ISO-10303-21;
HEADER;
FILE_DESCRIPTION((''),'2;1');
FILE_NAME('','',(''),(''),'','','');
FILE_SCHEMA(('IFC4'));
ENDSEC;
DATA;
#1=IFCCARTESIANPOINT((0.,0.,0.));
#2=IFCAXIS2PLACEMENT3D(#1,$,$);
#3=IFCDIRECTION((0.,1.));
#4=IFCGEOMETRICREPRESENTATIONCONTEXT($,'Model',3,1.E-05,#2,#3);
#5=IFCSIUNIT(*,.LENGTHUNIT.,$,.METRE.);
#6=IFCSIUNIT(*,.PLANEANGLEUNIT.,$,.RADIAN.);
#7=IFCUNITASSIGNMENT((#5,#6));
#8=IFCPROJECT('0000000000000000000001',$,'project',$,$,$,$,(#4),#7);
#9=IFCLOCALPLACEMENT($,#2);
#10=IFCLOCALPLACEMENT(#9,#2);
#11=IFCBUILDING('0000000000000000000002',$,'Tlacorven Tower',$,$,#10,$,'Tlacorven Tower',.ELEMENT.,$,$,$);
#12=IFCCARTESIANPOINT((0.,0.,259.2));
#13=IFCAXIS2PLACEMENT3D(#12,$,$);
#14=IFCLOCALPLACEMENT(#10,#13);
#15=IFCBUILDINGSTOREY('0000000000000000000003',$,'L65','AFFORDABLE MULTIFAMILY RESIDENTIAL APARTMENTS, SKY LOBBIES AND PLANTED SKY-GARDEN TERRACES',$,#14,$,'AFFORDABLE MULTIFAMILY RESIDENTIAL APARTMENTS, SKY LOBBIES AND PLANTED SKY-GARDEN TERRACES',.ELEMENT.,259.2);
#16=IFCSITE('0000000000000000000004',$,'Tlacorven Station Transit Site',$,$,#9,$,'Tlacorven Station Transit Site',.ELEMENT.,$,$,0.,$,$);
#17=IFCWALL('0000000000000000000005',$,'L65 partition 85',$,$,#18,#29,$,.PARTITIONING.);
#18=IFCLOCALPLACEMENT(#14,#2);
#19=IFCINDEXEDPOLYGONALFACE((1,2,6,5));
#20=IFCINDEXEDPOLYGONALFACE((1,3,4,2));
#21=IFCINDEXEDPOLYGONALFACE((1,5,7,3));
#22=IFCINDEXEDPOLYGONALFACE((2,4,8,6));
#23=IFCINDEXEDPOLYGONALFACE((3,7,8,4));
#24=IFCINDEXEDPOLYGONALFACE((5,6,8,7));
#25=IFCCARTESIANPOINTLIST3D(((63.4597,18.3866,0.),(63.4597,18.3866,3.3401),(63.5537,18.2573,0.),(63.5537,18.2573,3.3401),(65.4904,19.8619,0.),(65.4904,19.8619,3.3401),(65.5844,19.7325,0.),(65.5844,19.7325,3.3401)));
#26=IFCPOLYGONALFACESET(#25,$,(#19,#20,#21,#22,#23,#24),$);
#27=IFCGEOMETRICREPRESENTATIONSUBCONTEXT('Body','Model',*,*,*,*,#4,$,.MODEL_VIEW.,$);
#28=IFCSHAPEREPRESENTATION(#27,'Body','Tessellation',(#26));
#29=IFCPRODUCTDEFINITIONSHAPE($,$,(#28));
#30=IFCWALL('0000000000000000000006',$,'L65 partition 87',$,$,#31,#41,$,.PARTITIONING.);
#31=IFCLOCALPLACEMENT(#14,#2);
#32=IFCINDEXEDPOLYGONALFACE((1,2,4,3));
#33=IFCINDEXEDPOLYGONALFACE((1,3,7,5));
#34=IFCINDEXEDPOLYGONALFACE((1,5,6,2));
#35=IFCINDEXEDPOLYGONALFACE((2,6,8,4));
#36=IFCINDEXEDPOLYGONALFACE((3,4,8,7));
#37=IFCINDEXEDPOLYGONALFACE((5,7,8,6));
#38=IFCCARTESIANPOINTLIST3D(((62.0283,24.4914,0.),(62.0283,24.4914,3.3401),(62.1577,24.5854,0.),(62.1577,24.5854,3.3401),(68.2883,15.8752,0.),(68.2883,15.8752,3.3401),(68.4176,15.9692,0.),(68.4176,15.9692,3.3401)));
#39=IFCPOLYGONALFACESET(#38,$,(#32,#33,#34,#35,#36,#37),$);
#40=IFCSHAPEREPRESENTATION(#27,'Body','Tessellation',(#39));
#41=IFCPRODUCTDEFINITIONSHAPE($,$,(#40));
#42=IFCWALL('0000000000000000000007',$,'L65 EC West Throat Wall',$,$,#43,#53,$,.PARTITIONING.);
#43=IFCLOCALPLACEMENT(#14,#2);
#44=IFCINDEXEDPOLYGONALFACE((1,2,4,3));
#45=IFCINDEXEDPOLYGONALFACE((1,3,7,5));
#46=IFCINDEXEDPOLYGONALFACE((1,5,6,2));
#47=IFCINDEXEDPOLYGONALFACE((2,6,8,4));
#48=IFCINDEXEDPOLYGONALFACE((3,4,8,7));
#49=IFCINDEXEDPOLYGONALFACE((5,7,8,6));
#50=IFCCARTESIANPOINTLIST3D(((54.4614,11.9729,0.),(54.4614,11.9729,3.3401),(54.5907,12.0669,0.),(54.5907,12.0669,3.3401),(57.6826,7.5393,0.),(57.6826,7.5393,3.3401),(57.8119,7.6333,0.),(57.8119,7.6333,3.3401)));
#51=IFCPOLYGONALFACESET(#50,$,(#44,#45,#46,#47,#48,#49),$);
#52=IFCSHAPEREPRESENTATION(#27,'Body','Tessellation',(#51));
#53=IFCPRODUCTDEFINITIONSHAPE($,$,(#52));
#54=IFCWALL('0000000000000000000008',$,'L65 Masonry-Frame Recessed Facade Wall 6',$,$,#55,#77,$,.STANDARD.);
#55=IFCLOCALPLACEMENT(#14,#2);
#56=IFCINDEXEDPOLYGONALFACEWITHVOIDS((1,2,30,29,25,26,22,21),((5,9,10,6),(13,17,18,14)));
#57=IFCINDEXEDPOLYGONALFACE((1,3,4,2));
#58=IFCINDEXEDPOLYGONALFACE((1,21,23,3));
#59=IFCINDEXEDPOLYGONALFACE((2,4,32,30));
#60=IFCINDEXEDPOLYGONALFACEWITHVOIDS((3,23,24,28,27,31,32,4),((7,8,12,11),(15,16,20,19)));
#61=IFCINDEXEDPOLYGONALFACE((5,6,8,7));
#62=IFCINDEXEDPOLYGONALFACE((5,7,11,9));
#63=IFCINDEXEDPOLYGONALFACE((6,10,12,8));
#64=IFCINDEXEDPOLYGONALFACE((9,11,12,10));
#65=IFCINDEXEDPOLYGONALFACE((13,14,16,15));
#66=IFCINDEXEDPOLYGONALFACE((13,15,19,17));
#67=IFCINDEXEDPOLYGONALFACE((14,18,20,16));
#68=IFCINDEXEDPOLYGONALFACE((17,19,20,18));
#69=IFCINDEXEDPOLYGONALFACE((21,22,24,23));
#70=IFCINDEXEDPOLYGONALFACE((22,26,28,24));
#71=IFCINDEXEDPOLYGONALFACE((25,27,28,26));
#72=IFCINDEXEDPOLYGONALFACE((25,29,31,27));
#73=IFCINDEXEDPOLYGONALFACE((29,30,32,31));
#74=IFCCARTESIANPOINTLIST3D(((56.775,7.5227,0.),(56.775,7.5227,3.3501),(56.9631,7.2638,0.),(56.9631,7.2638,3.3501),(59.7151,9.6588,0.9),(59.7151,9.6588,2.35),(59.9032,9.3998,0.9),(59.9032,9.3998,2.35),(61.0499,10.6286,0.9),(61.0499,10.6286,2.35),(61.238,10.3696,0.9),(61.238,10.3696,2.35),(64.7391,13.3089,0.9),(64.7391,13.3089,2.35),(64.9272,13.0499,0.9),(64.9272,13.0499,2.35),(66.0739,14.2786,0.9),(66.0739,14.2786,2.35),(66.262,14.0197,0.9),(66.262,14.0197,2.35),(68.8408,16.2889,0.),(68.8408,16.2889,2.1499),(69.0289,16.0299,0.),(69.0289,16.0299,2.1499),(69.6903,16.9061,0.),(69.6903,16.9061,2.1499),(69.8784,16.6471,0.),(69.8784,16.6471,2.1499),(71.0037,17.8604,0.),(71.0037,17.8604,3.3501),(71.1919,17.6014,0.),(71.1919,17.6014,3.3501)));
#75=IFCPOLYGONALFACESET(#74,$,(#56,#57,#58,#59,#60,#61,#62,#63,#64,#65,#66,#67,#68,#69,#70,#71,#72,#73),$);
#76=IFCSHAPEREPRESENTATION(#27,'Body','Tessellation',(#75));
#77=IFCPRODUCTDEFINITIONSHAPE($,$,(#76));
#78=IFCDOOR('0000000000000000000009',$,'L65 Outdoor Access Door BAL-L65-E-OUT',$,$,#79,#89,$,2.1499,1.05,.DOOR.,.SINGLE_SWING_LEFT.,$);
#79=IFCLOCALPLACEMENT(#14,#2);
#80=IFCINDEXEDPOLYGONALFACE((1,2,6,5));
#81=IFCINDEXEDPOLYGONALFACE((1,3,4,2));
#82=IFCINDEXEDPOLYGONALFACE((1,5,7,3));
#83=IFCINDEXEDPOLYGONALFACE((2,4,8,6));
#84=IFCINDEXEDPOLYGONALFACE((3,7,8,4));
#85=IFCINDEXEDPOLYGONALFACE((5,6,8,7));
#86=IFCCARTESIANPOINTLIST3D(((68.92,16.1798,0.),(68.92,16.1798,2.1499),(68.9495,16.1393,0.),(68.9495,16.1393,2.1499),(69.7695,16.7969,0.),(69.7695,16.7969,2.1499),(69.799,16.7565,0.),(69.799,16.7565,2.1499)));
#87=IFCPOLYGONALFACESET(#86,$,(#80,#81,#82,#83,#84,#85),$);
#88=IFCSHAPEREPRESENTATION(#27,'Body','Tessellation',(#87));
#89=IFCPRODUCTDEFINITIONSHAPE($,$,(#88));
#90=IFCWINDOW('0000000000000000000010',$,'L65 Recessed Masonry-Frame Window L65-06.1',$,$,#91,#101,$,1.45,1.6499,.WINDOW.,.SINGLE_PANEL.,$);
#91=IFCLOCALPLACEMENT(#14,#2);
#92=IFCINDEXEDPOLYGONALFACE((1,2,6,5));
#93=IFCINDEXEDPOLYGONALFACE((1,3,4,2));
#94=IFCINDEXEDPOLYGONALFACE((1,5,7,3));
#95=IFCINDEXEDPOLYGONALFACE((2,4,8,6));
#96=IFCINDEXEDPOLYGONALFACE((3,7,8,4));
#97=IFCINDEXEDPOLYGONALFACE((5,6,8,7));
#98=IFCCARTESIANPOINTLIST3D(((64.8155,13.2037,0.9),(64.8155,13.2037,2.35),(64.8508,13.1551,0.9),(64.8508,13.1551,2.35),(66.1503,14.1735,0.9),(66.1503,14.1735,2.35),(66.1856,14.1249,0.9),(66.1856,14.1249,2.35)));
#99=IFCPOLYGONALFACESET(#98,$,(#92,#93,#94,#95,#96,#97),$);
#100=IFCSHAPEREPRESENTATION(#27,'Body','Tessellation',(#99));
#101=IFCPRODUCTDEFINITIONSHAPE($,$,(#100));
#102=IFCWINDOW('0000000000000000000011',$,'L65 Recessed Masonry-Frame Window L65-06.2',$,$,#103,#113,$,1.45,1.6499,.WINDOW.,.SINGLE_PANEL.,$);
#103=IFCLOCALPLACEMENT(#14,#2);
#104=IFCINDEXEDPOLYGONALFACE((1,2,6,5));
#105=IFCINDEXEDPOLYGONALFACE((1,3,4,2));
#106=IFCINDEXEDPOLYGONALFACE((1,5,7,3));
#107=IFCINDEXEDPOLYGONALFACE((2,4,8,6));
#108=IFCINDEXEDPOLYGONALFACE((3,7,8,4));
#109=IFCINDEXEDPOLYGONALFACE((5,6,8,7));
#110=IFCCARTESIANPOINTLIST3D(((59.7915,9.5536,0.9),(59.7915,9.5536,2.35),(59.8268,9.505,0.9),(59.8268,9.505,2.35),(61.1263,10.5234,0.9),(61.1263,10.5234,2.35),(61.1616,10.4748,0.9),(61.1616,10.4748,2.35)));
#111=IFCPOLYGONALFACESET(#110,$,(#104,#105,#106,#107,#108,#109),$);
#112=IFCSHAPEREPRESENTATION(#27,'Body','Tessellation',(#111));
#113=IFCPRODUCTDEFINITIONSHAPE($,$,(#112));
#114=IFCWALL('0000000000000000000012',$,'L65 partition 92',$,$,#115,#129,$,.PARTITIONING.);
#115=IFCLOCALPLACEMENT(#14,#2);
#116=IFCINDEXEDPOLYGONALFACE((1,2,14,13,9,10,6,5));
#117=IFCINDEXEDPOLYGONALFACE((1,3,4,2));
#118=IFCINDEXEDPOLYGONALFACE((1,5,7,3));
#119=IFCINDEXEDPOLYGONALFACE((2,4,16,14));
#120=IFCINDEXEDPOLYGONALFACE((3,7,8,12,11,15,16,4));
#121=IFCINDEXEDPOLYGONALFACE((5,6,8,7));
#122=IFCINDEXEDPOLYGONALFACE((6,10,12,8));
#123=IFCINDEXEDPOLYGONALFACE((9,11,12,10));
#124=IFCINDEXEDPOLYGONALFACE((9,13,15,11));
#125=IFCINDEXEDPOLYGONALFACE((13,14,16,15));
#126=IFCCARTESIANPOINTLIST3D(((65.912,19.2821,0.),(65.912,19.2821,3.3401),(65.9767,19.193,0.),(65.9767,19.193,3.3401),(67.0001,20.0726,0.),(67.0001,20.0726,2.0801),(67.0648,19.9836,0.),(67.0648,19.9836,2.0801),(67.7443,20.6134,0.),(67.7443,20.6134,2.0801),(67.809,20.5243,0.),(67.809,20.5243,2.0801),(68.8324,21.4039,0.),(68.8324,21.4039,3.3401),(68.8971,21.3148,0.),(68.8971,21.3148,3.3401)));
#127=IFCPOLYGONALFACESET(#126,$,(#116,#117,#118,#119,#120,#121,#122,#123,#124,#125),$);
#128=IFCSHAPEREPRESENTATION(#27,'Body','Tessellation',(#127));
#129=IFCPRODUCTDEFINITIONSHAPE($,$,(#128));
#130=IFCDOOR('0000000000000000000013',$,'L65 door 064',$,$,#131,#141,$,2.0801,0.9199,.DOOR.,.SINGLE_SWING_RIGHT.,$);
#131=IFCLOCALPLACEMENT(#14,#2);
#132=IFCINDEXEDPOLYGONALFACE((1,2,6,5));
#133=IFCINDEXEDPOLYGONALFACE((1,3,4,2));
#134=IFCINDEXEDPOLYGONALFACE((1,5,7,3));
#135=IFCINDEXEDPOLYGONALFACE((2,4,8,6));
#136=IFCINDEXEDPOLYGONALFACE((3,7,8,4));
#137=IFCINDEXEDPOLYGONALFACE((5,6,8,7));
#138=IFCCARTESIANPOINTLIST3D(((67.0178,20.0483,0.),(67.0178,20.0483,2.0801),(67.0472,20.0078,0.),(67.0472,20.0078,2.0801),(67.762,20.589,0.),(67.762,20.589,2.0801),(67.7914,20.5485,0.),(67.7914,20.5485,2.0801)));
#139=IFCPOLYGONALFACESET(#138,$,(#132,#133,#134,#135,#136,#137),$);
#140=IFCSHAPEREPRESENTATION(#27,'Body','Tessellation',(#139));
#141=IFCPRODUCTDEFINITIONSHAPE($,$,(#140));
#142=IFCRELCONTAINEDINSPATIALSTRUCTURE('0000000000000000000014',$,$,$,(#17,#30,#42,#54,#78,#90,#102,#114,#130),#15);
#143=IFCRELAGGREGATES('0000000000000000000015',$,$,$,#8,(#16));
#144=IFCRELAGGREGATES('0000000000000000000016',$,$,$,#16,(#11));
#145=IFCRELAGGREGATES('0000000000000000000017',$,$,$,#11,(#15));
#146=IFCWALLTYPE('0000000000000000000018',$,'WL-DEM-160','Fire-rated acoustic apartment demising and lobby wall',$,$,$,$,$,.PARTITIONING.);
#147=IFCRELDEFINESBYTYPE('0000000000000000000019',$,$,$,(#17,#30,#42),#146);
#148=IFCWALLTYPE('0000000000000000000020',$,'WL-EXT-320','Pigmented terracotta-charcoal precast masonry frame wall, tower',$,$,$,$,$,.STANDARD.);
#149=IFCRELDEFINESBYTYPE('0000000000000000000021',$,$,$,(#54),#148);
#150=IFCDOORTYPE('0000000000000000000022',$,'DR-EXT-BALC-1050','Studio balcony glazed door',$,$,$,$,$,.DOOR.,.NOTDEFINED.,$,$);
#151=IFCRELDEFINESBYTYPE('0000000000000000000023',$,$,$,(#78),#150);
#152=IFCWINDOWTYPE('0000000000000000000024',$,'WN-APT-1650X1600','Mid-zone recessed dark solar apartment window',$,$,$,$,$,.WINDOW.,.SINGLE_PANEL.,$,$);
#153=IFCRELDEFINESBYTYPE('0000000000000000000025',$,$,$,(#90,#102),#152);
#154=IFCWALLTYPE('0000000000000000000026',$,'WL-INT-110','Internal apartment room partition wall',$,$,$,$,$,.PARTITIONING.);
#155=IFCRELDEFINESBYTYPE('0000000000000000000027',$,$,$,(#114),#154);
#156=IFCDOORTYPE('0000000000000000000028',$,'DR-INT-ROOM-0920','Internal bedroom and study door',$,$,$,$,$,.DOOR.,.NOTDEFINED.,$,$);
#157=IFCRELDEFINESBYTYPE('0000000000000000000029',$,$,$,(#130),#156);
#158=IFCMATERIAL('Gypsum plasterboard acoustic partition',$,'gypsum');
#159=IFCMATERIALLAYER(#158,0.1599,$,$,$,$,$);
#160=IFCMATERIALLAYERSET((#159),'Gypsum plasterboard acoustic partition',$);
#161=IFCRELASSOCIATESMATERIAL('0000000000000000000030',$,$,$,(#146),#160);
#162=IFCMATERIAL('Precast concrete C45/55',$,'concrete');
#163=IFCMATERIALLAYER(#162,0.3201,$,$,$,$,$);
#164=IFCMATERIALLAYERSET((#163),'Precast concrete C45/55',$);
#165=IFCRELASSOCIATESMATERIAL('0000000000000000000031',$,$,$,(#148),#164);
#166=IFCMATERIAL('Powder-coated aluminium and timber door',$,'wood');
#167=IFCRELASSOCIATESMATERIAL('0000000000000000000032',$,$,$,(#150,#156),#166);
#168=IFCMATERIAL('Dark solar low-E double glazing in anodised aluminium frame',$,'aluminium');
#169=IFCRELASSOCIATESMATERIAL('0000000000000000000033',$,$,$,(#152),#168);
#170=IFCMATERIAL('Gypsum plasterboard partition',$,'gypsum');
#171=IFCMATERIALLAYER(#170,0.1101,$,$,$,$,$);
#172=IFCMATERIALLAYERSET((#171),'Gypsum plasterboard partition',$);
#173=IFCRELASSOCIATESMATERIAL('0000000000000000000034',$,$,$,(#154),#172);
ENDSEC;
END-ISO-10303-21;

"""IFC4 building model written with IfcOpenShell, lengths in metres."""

from ifc_helpers import new_model, si_unit, direction, frame, frame_2d, origin, place, context, subcontext, project, spatial, rectangle, extrude, source, transform, mapped, material, layer, layer_set, type_object, element, fill, save


model = new_model("IFC4")

# Units and contexts
model_context = context("Model", 3, precision=1e-05, world=origin(), true_north=direction((0.0, 1.0)))
body_context = subcontext(model_context, "Body", "Model", "MODEL_VIEW")
ifc_project = project(units=[si_unit("LENGTHUNIT", "METRE"), si_unit("PLANEANGLEUNIT", "RADIAN")], contexts=[model_context])

# Site, building, storey
site_placement = place(None, origin())
site = spatial("IfcSite", under=ifc_project, at=site_placement, Name="Tlacorven Station Transit Site", LongName="Tlacorven Station Transit Site", CompositionType="ELEMENT", RefElevation=0.0)
building_placement = place(site_placement, origin())
building = spatial("IfcBuilding", under=site, at=building_placement, Name="Tlacorven Tower", LongName="Tlacorven Tower", CompositionType="ELEMENT")
storey_placement = place(building_placement, frame((0.0, 0.0, 259.2)))
storey = spatial("IfcBuildingStorey", under=building, at=storey_placement, Name="L65", Description="AFFORDABLE MULTIFAMILY RESIDENTIAL APARTMENTS, SKY LOBBIES AND PLANTED SKY-GARDEN TERRACES", LongName="AFFORDABLE MULTIFAMILY RESIDENTIAL APARTMENTS, SKY LOBBIES AND PLANTED SKY-GARDEN TERRACES", CompositionType="ELEMENT", Elevation=259.2)

# Walls
ifc_material_1 = material(Name="Gypsum plasterboard acoustic partition", Category="gypsum")
ifc_layer_1 = layer(ifc_material_1, 0.1599)
ifc_layer_set_1 = layer_set([ifc_layer_1], Name="Gypsum plasterboard acoustic partition")
wall_type_1 = type_object("IfcWallType", Name="WL-DEM-160", Description="Fire-rated acoustic apartment demising and lobby wall", PredefinedType="PARTITIONING", material=ifc_layer_set_1)
wall_1_placement = place(storey_placement, frame((63.5068, 18.322, 0.0), z_axis=(0.0, 0.0, 1.0), x_axis=(0.809035, 0.587761, 0.0)))
element("IfcWall", 1, at=wall_1_placement, inside=storey, type_object=wall_type_1, Name="L65 partition 85", PredefinedType="PARTITIONING", context=body_context, shape_type="SweptSolid", body=[
    extrude(rectangle(XDim=2.51, YDim=0.1599, at=frame_2d((1.2549, 0.0))), origin(), (0.0, 0.0, 1.0), 3.3401),
])
wall_2_placement = place(storey_placement, frame((68.353, 15.9221, 0.0), z_axis=(0.0, 0.0, 1.0), x_axis=(-0.587783, 0.809019, 0.0)))
element("IfcWall", 2, at=wall_2_placement, inside=storey, type_object=wall_type_1, Name="L65 partition 87", PredefinedType="PARTITIONING", context=body_context, shape_type="SweptSolid", body=[
    extrude(rectangle(XDim=10.6501, YDim=0.1599, at=frame_2d((5.3252, 0.0))), origin(), (0.0, 0.0, 1.0), 3.3401),
])
wall_3_placement = place(storey_placement, frame((57.7473, 7.5862, 0.0), z_axis=(0.0, 0.0, 1.0), x_axis=(-0.587785, 0.809017, 0.0)))
element("IfcWall", 3, at=wall_3_placement, inside=storey, type_object=wall_type_1, Name="L65 EC West Throat Wall", PredefinedType="PARTITIONING", context=body_context, shape_type="SweptSolid", body=[
    extrude(rectangle(XDim=5.4802, YDim=0.1599, at=frame_2d((2.7402, 0.0))), origin(), (0.0, 0.0, 1.0), 3.3401),
])

# Wall, openings, door, windows
ifc_material_2 = material(Name="Precast concrete C45/55", Category="concrete")
ifc_layer_2 = layer(ifc_material_2, 0.3201)
ifc_layer_set_2 = layer_set([ifc_layer_2], Name="Precast concrete C45/55")
wall_type_2 = type_object("IfcWallType", Name="WL-EXT-320", Description="Pigmented terracotta-charcoal precast masonry frame wall, tower", PredefinedType="STANDARD", material=ifc_layer_set_2)
wall_4_placement = place(storey_placement, frame((71.0979, 17.731, 0.0), z_axis=(0.0, 0.0, 1.0), x_axis=(-0.809021, -0.58778, 0.0)))
wall_4 = element("IfcWall", 4, at=wall_4_placement, inside=storey, type_object=wall_type_2, Name="L65 Masonry-Frame Recessed Facade Wall 6", PredefinedType="STANDARD", context=body_context, shape_type="SweptSolid", body=[
    extrude(rectangle(XDim=17.5876, YDim=0.3201, at=frame_2d((8.7939, 0.0))), origin(), (0.0, 0.0, 1.0), 3.3501),
])
opening_1_placement = place(wall_4_placement, frame((1.6238, 0.0, 0.0)))
opening_1 = element("IfcOpeningElement", 5, at=opening_1_placement, cuts=wall_4, PredefinedType="OPENING", context=body_context, shape_type="SweptSolid", body=[
    extrude(rectangle(XDim=1.05, YDim=2.1499, at=frame_2d((0.5249, 1.075))), frame((0.0, 0.1699, 0.0), z_axis=(0.0, -1.0, 0.0), x_axis=(1.0, 0.0, 0.0)), (0.0, 0.0, 1.0), 0.3401),
])
opening_2_placement = place(wall_4_placement, frame((6.0938, 0.0, 0.8999)))
opening_2 = element("IfcOpeningElement", 6, at=opening_2_placement, cuts=wall_4, PredefinedType="OPENING", context=body_context, shape_type="SweptSolid", body=[
    extrude(rectangle(XDim=1.6499, YDim=1.45, at=frame_2d((0.825, 0.7251))), frame((0.0, 0.1699, 0.0), z_axis=(0.0, -1.0, 0.0), x_axis=(1.0, 0.0, 0.0)), (0.0, 0.0, 1.0), 0.3401),
])
opening_3_placement = place(wall_4_placement, frame((12.3037, 0.0, 0.8999)))
opening_3 = element("IfcOpeningElement", 7, at=opening_3_placement, cuts=wall_4, PredefinedType="OPENING", context=body_context, shape_type="SweptSolid", body=[
    extrude(rectangle(XDim=1.6499, YDim=1.45, at=frame_2d((0.825, 0.7251))), frame((0.0, 0.1699, 0.0), z_axis=(0.0, -1.0, 0.0), x_axis=(1.0, 0.0, 0.0)), (0.0, 0.0, 1.0), 0.3401),
])
ifc_material_3 = material(Name="Powder-coated aluminium and timber door", Category="wood")
door_type_1 = type_object("IfcDoorType", Name="DR-EXT-BALC-1050", Description="Studio balcony glazed door", OperationType="NOTDEFINED", PredefinedType="DOOR", material=ifc_material_3)
shared_shape_1 = source(origin(), body_context, "Body", "SweptSolid", [
    extrude(rectangle(XDim=1.05, YDim=2.1499, at=frame_2d((0.5249, 1.075))), frame((0.0, 0.0249, 0.0), z_axis=(0.0, -1.0, 0.0), x_axis=(1.0, 0.0, 0.0)), (0.0, 0.0, 1.0), 0.05),
])
door_1_placement = place(opening_1_placement, origin())
door_1 = element("IfcDoor", 8, at=door_1_placement, inside=storey, type_object=door_type_1, Name="L65 Outdoor Access Door BAL-L65-E-OUT", OperationType="SINGLE_SWING_LEFT", OverallHeight=2.1499, OverallWidth=1.05, PredefinedType="DOOR", context=body_context, shape_type="MappedRepresentation", body=[
    mapped(shared_shape_1, transform((0.0, 0.0, 0.0), scale=1.0)),
])
fill(opening_1, door_1)
ifc_material_4 = material(Name="Dark solar low-E double glazing in anodised aluminium frame", Category="aluminium")
window_type = type_object("IfcWindowType", Name="WN-APT-1650X1600", Description="Mid-zone recessed dark solar apartment window", PartitioningType="SINGLE_PANEL", PredefinedType="WINDOW", material=ifc_material_4)
shared_shape_2 = source(origin(), body_context, "Body", "SweptSolid", [
    extrude(rectangle(XDim=1.6499, YDim=1.45, at=frame_2d((0.825, 0.7251))), frame((0.0, 0.03, 0.0), z_axis=(0.0, -1.0, 0.0), x_axis=(1.0, 0.0, 0.0)), (0.0, 0.0, 1.0), 0.0601),
])
window_1_placement = place(opening_2_placement, origin())
window_1 = element("IfcWindow", 9, at=window_1_placement, inside=storey, type_object=window_type, Name="L65 Recessed Masonry-Frame Window L65-06.1", OverallHeight=1.45, OverallWidth=1.6499, PartitioningType="SINGLE_PANEL", PredefinedType="WINDOW", context=body_context, shape_type="MappedRepresentation", body=[
    mapped(shared_shape_2, transform((0.0, 0.0, 0.0), scale=1.0)),
])
fill(opening_2, window_1)
window_2_placement = place(opening_3_placement, origin())
window_2 = element("IfcWindow", 10, at=window_2_placement, inside=storey, type_object=window_type, Name="L65 Recessed Masonry-Frame Window L65-06.2", OverallHeight=1.45, OverallWidth=1.6499, PartitioningType="SINGLE_PANEL", PredefinedType="WINDOW", context=body_context, shape_type="MappedRepresentation", body=[
    mapped(shared_shape_2, transform((0.0, 0.0, 0.0), scale=1.0)),
])
fill(opening_3, window_2)

# Wall, opening, door
ifc_material_5 = material(Name="Gypsum plasterboard partition", Category="gypsum")
ifc_layer_3 = layer(ifc_material_5, 0.1101)
ifc_layer_set_3 = layer_set([ifc_layer_3], Name="Gypsum plasterboard partition")
wall_type_3 = type_object("IfcWallType", Name="WL-INT-110", Description="Internal apartment room partition wall", PredefinedType="PARTITIONING", material=ifc_layer_set_3)
wall_5_placement = place(storey_placement, frame((65.9443, 19.2375, 0.0), z_axis=(0.0, 0.0, 1.0), x_axis=(0.809014, 0.58779, 0.0)))
wall_5 = element("IfcWall", 11, at=wall_5_placement, inside=storey, type_object=wall_type_3, Name="L65 partition 92", PredefinedType="PARTITIONING", context=body_context, shape_type="SweptSolid", body=[
    extrude(rectangle(XDim=3.6099, YDim=0.1101, at=frame_2d((1.8049, 0.0))), origin(), (0.0, 0.0, 1.0), 3.3401),
])
opening_4_placement = place(wall_5_placement, frame((1.345, 0.0, 0.0)))
opening_4 = element("IfcOpeningElement", 12, at=opening_4_placement, cuts=wall_5, PredefinedType="OPENING", context=body_context, shape_type="SweptSolid", body=[
    extrude(rectangle(XDim=0.9199, YDim=2.0801, at=frame_2d((0.46, 1.04))), frame((0.0, 0.0649, 0.0), z_axis=(0.0, -1.0, 0.0), x_axis=(1.0, 0.0, 0.0)), (0.0, 0.0, 1.0), 0.1301),
])
door_type_2 = type_object("IfcDoorType", Name="DR-INT-ROOM-0920", Description="Internal bedroom and study door", OperationType="NOTDEFINED", PredefinedType="DOOR", material=ifc_material_3)
shared_shape_3 = source(origin(), body_context, "Body", "SweptSolid", [
    extrude(rectangle(XDim=0.9199, YDim=2.0801, at=frame_2d((0.46, 1.04))), frame((0.0, 0.0249, 0.0), z_axis=(0.0, -1.0, 0.0), x_axis=(1.0, 0.0, 0.0)), (0.0, 0.0, 1.0), 0.05),
])
door_2_placement = place(opening_4_placement, origin())
door_2 = element("IfcDoor", 13, at=door_2_placement, inside=storey, type_object=door_type_2, Name="L65 door 064", OperationType="SINGLE_SWING_RIGHT", OverallHeight=2.0801, OverallWidth=0.9199, PredefinedType="DOOR", context=body_context, shape_type="MappedRepresentation", body=[
    mapped(shared_shape_3, transform((0.0, 0.0, 0.0), scale=1.0)),
])
fill(opening_4, door_2)

save(model, "model.ifc")
